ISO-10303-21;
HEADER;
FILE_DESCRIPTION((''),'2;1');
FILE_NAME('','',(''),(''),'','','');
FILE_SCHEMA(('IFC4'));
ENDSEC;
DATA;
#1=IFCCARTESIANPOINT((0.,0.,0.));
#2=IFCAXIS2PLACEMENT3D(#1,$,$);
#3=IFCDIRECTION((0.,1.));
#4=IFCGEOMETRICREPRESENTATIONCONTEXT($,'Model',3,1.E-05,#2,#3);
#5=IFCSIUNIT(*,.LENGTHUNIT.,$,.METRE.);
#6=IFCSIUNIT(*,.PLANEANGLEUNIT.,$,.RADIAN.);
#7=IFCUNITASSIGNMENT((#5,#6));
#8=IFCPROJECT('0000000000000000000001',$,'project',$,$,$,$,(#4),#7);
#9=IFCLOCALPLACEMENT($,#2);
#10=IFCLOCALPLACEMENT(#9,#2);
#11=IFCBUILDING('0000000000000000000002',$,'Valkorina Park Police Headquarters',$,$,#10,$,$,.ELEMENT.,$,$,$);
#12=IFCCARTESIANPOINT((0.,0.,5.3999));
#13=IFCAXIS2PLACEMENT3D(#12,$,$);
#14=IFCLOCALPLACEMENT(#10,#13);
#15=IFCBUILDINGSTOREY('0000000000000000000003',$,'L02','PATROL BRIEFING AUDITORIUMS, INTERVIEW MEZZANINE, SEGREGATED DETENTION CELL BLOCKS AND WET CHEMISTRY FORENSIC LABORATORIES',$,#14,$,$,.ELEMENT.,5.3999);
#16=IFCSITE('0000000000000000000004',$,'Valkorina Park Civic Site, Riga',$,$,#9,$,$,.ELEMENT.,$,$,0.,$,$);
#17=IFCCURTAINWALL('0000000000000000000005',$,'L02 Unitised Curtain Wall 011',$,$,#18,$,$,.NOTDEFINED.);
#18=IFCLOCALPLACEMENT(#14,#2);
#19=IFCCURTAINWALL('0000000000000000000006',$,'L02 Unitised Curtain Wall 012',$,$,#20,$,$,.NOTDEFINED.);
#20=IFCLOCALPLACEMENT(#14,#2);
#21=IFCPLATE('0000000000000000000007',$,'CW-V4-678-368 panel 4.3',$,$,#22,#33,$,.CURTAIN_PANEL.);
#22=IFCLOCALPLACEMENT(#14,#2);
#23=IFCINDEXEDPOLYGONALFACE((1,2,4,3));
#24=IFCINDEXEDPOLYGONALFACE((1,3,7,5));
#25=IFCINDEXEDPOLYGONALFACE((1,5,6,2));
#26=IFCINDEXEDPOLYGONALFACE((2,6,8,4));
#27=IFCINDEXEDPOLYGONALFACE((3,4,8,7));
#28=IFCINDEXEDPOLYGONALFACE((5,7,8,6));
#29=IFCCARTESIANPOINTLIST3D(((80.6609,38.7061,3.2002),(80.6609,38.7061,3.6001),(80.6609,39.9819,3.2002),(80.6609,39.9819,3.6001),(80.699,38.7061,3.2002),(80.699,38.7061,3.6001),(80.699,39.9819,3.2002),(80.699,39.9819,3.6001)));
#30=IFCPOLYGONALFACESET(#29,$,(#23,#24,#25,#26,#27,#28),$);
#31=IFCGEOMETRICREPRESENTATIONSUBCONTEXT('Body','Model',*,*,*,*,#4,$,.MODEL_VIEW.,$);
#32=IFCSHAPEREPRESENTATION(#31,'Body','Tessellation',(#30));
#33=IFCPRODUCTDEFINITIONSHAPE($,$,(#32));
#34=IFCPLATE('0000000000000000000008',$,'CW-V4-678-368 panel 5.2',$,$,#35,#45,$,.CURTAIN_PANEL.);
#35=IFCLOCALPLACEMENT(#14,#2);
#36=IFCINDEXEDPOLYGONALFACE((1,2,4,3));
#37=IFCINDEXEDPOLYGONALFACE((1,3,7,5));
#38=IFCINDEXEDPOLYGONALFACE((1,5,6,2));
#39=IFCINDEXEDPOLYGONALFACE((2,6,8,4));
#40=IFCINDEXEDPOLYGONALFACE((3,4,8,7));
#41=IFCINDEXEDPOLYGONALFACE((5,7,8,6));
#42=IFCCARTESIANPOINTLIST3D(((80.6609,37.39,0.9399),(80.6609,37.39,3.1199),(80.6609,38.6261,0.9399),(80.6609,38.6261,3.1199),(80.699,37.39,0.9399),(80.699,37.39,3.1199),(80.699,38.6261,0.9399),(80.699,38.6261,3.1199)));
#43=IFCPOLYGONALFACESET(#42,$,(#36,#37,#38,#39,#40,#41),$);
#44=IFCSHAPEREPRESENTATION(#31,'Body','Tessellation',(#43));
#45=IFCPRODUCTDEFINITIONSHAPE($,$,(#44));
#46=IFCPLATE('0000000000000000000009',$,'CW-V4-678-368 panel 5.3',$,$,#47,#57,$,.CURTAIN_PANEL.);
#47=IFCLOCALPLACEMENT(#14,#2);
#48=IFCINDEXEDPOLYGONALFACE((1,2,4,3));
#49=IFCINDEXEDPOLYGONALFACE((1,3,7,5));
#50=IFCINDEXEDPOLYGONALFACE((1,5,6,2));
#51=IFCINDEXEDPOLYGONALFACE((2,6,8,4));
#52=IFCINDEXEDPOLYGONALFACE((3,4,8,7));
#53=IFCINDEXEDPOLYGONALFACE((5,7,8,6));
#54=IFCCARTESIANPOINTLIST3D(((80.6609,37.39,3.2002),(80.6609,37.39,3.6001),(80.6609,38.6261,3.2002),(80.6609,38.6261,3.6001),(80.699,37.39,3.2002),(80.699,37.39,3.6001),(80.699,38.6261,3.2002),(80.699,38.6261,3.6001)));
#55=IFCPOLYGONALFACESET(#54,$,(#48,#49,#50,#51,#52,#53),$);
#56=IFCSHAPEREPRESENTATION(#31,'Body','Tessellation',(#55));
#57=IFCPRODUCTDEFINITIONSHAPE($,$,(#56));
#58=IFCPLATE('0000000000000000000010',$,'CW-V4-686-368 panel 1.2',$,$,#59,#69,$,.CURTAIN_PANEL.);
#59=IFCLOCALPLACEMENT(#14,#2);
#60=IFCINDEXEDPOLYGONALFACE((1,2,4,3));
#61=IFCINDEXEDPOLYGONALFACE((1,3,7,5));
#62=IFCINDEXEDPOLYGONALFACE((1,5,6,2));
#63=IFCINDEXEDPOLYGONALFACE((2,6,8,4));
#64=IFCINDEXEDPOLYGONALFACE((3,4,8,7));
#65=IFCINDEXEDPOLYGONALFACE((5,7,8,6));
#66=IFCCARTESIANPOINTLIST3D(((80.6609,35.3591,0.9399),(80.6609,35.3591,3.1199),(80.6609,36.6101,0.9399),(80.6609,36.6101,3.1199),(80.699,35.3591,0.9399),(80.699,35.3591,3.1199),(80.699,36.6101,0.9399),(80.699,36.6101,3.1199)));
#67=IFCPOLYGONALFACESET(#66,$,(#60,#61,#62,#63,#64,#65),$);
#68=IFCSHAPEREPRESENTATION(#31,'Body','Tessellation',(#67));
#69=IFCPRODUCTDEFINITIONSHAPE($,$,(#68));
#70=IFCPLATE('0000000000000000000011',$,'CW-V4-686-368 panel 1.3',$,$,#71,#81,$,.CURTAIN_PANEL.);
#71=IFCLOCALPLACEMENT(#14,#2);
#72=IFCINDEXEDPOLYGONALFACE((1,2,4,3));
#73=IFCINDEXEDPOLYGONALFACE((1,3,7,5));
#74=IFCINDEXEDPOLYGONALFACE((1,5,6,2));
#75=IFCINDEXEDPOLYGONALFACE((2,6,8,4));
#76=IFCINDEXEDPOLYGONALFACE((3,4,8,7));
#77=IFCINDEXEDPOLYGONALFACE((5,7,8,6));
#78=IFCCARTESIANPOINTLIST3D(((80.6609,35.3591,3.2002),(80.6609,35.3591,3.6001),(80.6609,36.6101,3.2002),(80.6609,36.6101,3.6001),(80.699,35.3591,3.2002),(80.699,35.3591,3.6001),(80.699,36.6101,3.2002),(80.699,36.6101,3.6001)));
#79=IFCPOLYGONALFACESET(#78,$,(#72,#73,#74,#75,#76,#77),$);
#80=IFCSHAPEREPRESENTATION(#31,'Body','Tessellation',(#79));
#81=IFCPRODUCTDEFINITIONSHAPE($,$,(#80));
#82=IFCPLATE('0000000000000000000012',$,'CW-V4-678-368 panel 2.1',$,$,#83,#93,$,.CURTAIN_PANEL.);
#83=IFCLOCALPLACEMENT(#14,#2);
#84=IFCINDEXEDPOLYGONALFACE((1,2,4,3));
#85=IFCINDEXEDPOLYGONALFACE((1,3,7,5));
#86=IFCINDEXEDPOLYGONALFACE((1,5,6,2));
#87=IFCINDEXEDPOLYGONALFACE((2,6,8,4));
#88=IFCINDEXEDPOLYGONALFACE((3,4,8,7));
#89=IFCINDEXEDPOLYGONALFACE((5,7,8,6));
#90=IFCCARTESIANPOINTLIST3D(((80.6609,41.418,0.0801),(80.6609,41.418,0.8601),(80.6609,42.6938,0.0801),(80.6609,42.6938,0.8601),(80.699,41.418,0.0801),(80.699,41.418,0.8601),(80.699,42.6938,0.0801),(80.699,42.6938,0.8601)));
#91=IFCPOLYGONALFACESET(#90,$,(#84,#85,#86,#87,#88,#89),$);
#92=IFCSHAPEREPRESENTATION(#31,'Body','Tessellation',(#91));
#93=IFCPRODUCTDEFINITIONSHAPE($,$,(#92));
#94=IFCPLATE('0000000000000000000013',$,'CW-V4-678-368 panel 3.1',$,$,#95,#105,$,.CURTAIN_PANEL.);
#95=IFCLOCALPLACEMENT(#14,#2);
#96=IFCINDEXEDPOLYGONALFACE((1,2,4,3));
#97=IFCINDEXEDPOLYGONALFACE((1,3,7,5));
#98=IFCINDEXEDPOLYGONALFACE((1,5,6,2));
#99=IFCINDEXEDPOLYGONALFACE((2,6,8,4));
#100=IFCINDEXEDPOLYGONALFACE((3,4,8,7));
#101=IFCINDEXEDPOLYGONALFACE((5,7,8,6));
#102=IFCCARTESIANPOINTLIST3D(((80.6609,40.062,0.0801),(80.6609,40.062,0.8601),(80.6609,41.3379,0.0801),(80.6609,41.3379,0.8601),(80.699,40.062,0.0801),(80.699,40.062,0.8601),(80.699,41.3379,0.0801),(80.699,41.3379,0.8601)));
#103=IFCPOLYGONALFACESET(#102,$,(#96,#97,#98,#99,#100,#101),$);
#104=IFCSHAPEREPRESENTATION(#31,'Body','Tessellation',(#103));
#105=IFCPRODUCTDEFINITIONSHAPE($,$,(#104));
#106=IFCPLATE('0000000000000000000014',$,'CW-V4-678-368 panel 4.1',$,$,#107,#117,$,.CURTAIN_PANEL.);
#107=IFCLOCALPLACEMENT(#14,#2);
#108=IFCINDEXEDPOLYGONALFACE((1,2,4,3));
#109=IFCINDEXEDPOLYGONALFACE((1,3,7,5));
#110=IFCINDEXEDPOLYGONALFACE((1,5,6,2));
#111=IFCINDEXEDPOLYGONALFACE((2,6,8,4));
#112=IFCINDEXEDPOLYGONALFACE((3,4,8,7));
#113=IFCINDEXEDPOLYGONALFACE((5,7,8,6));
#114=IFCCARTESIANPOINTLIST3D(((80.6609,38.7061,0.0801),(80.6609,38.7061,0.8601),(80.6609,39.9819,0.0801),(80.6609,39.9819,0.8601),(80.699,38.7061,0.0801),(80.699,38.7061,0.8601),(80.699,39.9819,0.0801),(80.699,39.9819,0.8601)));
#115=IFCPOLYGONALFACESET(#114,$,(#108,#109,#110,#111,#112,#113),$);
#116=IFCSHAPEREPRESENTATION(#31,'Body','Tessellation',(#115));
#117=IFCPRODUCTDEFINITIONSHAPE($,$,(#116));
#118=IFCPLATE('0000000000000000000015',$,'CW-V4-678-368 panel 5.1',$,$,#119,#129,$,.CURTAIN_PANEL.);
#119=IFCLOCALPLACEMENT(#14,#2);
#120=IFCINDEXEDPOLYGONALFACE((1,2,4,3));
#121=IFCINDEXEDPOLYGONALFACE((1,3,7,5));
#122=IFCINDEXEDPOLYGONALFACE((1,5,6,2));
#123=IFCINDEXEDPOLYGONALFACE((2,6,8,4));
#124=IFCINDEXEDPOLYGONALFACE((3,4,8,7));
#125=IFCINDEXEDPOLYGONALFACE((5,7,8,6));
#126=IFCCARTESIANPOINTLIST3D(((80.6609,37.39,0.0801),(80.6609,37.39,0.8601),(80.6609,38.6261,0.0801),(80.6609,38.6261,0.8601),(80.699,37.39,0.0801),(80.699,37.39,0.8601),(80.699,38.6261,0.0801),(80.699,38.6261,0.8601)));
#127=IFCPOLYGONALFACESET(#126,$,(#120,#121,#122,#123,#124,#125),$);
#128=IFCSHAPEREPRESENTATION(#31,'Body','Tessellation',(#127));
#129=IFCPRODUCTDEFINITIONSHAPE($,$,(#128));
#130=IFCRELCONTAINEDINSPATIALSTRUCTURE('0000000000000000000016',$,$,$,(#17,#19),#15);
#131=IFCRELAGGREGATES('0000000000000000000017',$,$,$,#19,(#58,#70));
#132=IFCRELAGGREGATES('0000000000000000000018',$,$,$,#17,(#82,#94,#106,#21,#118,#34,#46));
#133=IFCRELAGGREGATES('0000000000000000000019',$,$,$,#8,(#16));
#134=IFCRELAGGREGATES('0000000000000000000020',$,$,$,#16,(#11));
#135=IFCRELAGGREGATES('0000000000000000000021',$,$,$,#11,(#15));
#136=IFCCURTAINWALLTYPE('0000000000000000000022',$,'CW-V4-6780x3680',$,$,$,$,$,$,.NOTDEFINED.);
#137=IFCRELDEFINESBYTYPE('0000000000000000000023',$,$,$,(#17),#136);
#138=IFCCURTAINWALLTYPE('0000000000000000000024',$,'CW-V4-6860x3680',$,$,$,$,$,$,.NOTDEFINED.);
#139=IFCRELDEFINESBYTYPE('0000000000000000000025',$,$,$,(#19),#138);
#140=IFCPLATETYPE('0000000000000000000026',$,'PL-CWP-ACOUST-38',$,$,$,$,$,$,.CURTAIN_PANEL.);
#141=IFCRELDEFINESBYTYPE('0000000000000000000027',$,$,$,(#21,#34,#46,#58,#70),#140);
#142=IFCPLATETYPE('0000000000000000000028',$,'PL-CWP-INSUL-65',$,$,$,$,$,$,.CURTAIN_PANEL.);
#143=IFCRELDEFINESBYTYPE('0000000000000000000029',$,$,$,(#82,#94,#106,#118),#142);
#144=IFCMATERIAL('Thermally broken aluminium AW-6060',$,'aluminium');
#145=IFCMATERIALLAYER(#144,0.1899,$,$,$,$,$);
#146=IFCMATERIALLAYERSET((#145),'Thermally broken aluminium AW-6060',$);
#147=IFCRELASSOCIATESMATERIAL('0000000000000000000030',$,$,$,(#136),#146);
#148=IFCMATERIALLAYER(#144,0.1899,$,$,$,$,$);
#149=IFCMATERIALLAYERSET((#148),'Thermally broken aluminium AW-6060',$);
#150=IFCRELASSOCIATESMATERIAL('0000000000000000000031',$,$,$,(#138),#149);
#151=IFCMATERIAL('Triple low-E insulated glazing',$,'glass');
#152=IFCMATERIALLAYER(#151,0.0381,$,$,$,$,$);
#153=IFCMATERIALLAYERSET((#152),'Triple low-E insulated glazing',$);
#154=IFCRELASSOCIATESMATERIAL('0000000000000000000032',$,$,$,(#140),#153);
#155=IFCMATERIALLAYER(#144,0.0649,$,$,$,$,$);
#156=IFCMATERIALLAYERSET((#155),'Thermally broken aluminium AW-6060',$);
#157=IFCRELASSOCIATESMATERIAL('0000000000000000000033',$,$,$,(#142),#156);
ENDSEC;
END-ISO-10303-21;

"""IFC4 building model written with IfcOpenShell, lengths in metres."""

from ifc_helpers import new_model, si_unit, direction, frame, origin, origin_2d, place, context, subcontext, project, spatial, rectangle, extrude, material, layer, layer_set, type_object, element, aggregate, save


model = new_model("IFC4")

# Units and contexts
model_context = context("Model", 3, precision=1e-05, world=origin(), true_north=direction((0.0, 1.0)))
body_context = subcontext(model_context, "Body", "Model", "MODEL_VIEW")
ifc_project = project(units=[si_unit("LENGTHUNIT", "METRE"), si_unit("PLANEANGLEUNIT", "RADIAN")], contexts=[model_context])

# Site, building, storey
site_placement = place(None, origin())
site = spatial("IfcSite", under=ifc_project, at=site_placement, Name="Valkorina Park Civic Site, Riga", CompositionType="ELEMENT", RefElevation=0.0)
building_placement = place(site_placement, origin())
building = spatial("IfcBuilding", under=site, at=building_placement, Name="Valkorina Park Police Headquarters", CompositionType="ELEMENT")
storey_placement = place(building_placement, frame((0.0, 0.0, 5.3999)))
storey = spatial("IfcBuildingStorey", under=building, at=storey_placement, Name="L02", Description="PATROL BRIEFING AUDITORIUMS, INTERVIEW MEZZANINE, SEGREGATED DETENTION CELL BLOCKS AND WET CHEMISTRY FORENSIC LABORATORIES", CompositionType="ELEMENT", Elevation=5.3999)

# Curtain wall
ifc_material_1 = material(Name="Thermally broken aluminium AW-6060", Category="aluminium")
ifc_layer_1 = layer(ifc_material_1, 0.1899)
ifc_layer_set_1 = layer_set([ifc_layer_1], Name="Thermally broken aluminium AW-6060")
curtain_wall_type_1 = type_object("IfcCurtainWallType", Name="CW-V4-6780x3680", PredefinedType="NOTDEFINED", material=ifc_layer_set_1)
curtain_wall_1_placement = place(storey_placement, origin())
curtain_wall_1 = element("IfcCurtainWall", 1, at=curtain_wall_1_placement, inside=storey, type_object=curtain_wall_type_1, Name="L02 Unitised Curtain Wall 011", PredefinedType="NOTDEFINED")

# Curtain wall
ifc_layer_2 = layer(ifc_material_1, 0.1899)
ifc_layer_set_2 = layer_set([ifc_layer_2], Name="Thermally broken aluminium AW-6060")
curtain_wall_type_2 = type_object("IfcCurtainWallType", Name="CW-V4-6860x3680", PredefinedType="NOTDEFINED", material=ifc_layer_set_2)
curtain_wall_2_placement = place(storey_placement, origin())
curtain_wall_2 = element("IfcCurtainWall", 2, at=curtain_wall_2_placement, inside=storey, type_object=curtain_wall_type_2, Name="L02 Unitised Curtain Wall 012", PredefinedType="NOTDEFINED")

# Plates
ifc_material_2 = material(Name="Triple low-E insulated glazing", Category="glass")
ifc_layer_3 = layer(ifc_material_2, 0.0381)
ifc_layer_set_3 = layer_set([ifc_layer_3], Name="Triple low-E insulated glazing")
plate_type_1 = type_object("IfcPlateType", Name="PL-CWP-ACOUST-38", PredefinedType="CURTAIN_PANEL", material=ifc_layer_set_3)
plate_1_placement = place(storey_placement, frame((80.6799, 39.344, 3.2002), z_axis=(0.0, 0.0, 1.0), x_axis=(0.0, -1.0, 0.0)))
plate_1 = element("IfcPlate", 3, at=plate_1_placement, type_object=plate_type_1, Name="CW-V4-678-368 panel 4.3", PredefinedType="CURTAIN_PANEL", context=body_context, shape_type="SweptSolid", body=[
    extrude(rectangle(XDim=1.2759, YDim=0.0381, at=origin_2d()), origin(), (0.0, 0.0, 1.0), 0.3999),
])
plate_2_placement = place(storey_placement, frame((80.6799, 38.0081, 0.9399), z_axis=(0.0, 0.0, 1.0), x_axis=(0.0, -1.0, 0.0)))
plate_2 = element("IfcPlate", 4, at=plate_2_placement, type_object=plate_type_1, Name="CW-V4-678-368 panel 5.2", PredefinedType="CURTAIN_PANEL", context=body_context, shape_type="SweptSolid", body=[
    extrude(rectangle(XDim=1.2361, YDim=0.0381, at=origin_2d()), origin(), (0.0, 0.0, 1.0), 2.1799),
])
plate_3_placement = place(storey_placement, frame((80.6799, 38.0081, 3.2002), z_axis=(0.0, 0.0, 1.0), x_axis=(0.0, -1.0, 0.0)))
plate_3 = element("IfcPlate", 5, at=plate_3_placement, type_object=plate_type_1, Name="CW-V4-678-368 panel 5.3", PredefinedType="CURTAIN_PANEL", context=body_context, shape_type="SweptSolid", body=[
    extrude(rectangle(XDim=1.2361, YDim=0.0381, at=origin_2d()), origin(), (0.0, 0.0, 1.0), 0.3999),
])
plate_4_placement = place(storey_placement, frame((80.6799, 35.9846, 0.9399), z_axis=(0.0, 0.0, 1.0), x_axis=(0.0, -1.0, 0.0)))
plate_4 = element("IfcPlate", 6, at=plate_4_placement, type_object=plate_type_1, Name="CW-V4-686-368 panel 1.2", PredefinedType="CURTAIN_PANEL", context=body_context, shape_type="SweptSolid", body=[
    extrude(rectangle(XDim=1.251, YDim=0.0381, at=origin_2d()), origin(), (0.0, 0.0, 1.0), 2.1799),
])
plate_5_placement = place(storey_placement, frame((80.6799, 35.9846, 3.2002), z_axis=(0.0, 0.0, 1.0), x_axis=(0.0, -1.0, 0.0)))
plate_5 = element("IfcPlate", 7, at=plate_5_placement, type_object=plate_type_1, Name="CW-V4-686-368 panel 1.3", PredefinedType="CURTAIN_PANEL", context=body_context, shape_type="SweptSolid", body=[
    extrude(rectangle(XDim=1.251, YDim=0.0381, at=origin_2d()), origin(), (0.0, 0.0, 1.0), 0.3999),
])
aggregate(curtain_wall_2, [plate_4, plate_5])
ifc_layer_4 = layer(ifc_material_1, 0.0649)
ifc_layer_set_4 = layer_set([ifc_layer_4], Name="Thermally broken aluminium AW-6060")
plate_type_2 = type_object("IfcPlateType", Name="PL-CWP-INSUL-65", PredefinedType="CURTAIN_PANEL", material=ifc_layer_set_4)
plate_6_placement = place(storey_placement, frame((80.6799, 42.0559, 0.0801), z_axis=(0.0, 0.0, 1.0), x_axis=(0.0, -1.0, 0.0)))
plate_6 = element("IfcPlate", 8, at=plate_6_placement, type_object=plate_type_2, Name="CW-V4-678-368 panel 2.1", PredefinedType="CURTAIN_PANEL", context=body_context, shape_type="SweptSolid", body=[
    extrude(rectangle(XDim=1.2759, YDim=0.0381, at=origin_2d()), origin(), (0.0, 0.0, 1.0), 0.78),
])
plate_7_placement = place(storey_placement, frame((80.6799, 40.7, 0.0801), z_axis=(0.0, 0.0, 1.0), x_axis=(0.0, -1.0, 0.0)))
plate_7 = element("IfcPlate", 9, at=plate_7_placement, type_object=plate_type_2, Name="CW-V4-678-368 panel 3.1", PredefinedType="CURTAIN_PANEL", context=body_context, shape_type="SweptSolid", body=[
    extrude(rectangle(XDim=1.2759, YDim=0.0381, at=origin_2d()), origin(), (0.0, 0.0, 1.0), 0.78),
])
plate_8_placement = place(storey_placement, frame((80.6799, 39.344, 0.0801), z_axis=(0.0, 0.0, 1.0), x_axis=(0.0, -1.0, 0.0)))
plate_8 = element("IfcPlate", 10, at=plate_8_placement, type_object=plate_type_2, Name="CW-V4-678-368 panel 4.1", PredefinedType="CURTAIN_PANEL", context=body_context, shape_type="SweptSolid", body=[
    extrude(rectangle(XDim=1.2759, YDim=0.0381, at=origin_2d()), origin(), (0.0, 0.0, 1.0), 0.78),
])
plate_9_placement = place(storey_placement, frame((80.6799, 38.0081, 0.0801), z_axis=(0.0, 0.0, 1.0), x_axis=(0.0, -1.0, 0.0)))
plate_9 = element("IfcPlate", 11, at=plate_9_placement, type_object=plate_type_2, Name="CW-V4-678-368 panel 5.1", PredefinedType="CURTAIN_PANEL", context=body_context, shape_type="SweptSolid", body=[
    extrude(rectangle(XDim=1.2361, YDim=0.0381, at=origin_2d()), origin(), (0.0, 0.0, 1.0), 0.78),
])
aggregate(curtain_wall_1, [plate_6, plate_7, plate_8, plate_1, plate_9, plate_2, plate_3])

save(model, "model.ifc")
